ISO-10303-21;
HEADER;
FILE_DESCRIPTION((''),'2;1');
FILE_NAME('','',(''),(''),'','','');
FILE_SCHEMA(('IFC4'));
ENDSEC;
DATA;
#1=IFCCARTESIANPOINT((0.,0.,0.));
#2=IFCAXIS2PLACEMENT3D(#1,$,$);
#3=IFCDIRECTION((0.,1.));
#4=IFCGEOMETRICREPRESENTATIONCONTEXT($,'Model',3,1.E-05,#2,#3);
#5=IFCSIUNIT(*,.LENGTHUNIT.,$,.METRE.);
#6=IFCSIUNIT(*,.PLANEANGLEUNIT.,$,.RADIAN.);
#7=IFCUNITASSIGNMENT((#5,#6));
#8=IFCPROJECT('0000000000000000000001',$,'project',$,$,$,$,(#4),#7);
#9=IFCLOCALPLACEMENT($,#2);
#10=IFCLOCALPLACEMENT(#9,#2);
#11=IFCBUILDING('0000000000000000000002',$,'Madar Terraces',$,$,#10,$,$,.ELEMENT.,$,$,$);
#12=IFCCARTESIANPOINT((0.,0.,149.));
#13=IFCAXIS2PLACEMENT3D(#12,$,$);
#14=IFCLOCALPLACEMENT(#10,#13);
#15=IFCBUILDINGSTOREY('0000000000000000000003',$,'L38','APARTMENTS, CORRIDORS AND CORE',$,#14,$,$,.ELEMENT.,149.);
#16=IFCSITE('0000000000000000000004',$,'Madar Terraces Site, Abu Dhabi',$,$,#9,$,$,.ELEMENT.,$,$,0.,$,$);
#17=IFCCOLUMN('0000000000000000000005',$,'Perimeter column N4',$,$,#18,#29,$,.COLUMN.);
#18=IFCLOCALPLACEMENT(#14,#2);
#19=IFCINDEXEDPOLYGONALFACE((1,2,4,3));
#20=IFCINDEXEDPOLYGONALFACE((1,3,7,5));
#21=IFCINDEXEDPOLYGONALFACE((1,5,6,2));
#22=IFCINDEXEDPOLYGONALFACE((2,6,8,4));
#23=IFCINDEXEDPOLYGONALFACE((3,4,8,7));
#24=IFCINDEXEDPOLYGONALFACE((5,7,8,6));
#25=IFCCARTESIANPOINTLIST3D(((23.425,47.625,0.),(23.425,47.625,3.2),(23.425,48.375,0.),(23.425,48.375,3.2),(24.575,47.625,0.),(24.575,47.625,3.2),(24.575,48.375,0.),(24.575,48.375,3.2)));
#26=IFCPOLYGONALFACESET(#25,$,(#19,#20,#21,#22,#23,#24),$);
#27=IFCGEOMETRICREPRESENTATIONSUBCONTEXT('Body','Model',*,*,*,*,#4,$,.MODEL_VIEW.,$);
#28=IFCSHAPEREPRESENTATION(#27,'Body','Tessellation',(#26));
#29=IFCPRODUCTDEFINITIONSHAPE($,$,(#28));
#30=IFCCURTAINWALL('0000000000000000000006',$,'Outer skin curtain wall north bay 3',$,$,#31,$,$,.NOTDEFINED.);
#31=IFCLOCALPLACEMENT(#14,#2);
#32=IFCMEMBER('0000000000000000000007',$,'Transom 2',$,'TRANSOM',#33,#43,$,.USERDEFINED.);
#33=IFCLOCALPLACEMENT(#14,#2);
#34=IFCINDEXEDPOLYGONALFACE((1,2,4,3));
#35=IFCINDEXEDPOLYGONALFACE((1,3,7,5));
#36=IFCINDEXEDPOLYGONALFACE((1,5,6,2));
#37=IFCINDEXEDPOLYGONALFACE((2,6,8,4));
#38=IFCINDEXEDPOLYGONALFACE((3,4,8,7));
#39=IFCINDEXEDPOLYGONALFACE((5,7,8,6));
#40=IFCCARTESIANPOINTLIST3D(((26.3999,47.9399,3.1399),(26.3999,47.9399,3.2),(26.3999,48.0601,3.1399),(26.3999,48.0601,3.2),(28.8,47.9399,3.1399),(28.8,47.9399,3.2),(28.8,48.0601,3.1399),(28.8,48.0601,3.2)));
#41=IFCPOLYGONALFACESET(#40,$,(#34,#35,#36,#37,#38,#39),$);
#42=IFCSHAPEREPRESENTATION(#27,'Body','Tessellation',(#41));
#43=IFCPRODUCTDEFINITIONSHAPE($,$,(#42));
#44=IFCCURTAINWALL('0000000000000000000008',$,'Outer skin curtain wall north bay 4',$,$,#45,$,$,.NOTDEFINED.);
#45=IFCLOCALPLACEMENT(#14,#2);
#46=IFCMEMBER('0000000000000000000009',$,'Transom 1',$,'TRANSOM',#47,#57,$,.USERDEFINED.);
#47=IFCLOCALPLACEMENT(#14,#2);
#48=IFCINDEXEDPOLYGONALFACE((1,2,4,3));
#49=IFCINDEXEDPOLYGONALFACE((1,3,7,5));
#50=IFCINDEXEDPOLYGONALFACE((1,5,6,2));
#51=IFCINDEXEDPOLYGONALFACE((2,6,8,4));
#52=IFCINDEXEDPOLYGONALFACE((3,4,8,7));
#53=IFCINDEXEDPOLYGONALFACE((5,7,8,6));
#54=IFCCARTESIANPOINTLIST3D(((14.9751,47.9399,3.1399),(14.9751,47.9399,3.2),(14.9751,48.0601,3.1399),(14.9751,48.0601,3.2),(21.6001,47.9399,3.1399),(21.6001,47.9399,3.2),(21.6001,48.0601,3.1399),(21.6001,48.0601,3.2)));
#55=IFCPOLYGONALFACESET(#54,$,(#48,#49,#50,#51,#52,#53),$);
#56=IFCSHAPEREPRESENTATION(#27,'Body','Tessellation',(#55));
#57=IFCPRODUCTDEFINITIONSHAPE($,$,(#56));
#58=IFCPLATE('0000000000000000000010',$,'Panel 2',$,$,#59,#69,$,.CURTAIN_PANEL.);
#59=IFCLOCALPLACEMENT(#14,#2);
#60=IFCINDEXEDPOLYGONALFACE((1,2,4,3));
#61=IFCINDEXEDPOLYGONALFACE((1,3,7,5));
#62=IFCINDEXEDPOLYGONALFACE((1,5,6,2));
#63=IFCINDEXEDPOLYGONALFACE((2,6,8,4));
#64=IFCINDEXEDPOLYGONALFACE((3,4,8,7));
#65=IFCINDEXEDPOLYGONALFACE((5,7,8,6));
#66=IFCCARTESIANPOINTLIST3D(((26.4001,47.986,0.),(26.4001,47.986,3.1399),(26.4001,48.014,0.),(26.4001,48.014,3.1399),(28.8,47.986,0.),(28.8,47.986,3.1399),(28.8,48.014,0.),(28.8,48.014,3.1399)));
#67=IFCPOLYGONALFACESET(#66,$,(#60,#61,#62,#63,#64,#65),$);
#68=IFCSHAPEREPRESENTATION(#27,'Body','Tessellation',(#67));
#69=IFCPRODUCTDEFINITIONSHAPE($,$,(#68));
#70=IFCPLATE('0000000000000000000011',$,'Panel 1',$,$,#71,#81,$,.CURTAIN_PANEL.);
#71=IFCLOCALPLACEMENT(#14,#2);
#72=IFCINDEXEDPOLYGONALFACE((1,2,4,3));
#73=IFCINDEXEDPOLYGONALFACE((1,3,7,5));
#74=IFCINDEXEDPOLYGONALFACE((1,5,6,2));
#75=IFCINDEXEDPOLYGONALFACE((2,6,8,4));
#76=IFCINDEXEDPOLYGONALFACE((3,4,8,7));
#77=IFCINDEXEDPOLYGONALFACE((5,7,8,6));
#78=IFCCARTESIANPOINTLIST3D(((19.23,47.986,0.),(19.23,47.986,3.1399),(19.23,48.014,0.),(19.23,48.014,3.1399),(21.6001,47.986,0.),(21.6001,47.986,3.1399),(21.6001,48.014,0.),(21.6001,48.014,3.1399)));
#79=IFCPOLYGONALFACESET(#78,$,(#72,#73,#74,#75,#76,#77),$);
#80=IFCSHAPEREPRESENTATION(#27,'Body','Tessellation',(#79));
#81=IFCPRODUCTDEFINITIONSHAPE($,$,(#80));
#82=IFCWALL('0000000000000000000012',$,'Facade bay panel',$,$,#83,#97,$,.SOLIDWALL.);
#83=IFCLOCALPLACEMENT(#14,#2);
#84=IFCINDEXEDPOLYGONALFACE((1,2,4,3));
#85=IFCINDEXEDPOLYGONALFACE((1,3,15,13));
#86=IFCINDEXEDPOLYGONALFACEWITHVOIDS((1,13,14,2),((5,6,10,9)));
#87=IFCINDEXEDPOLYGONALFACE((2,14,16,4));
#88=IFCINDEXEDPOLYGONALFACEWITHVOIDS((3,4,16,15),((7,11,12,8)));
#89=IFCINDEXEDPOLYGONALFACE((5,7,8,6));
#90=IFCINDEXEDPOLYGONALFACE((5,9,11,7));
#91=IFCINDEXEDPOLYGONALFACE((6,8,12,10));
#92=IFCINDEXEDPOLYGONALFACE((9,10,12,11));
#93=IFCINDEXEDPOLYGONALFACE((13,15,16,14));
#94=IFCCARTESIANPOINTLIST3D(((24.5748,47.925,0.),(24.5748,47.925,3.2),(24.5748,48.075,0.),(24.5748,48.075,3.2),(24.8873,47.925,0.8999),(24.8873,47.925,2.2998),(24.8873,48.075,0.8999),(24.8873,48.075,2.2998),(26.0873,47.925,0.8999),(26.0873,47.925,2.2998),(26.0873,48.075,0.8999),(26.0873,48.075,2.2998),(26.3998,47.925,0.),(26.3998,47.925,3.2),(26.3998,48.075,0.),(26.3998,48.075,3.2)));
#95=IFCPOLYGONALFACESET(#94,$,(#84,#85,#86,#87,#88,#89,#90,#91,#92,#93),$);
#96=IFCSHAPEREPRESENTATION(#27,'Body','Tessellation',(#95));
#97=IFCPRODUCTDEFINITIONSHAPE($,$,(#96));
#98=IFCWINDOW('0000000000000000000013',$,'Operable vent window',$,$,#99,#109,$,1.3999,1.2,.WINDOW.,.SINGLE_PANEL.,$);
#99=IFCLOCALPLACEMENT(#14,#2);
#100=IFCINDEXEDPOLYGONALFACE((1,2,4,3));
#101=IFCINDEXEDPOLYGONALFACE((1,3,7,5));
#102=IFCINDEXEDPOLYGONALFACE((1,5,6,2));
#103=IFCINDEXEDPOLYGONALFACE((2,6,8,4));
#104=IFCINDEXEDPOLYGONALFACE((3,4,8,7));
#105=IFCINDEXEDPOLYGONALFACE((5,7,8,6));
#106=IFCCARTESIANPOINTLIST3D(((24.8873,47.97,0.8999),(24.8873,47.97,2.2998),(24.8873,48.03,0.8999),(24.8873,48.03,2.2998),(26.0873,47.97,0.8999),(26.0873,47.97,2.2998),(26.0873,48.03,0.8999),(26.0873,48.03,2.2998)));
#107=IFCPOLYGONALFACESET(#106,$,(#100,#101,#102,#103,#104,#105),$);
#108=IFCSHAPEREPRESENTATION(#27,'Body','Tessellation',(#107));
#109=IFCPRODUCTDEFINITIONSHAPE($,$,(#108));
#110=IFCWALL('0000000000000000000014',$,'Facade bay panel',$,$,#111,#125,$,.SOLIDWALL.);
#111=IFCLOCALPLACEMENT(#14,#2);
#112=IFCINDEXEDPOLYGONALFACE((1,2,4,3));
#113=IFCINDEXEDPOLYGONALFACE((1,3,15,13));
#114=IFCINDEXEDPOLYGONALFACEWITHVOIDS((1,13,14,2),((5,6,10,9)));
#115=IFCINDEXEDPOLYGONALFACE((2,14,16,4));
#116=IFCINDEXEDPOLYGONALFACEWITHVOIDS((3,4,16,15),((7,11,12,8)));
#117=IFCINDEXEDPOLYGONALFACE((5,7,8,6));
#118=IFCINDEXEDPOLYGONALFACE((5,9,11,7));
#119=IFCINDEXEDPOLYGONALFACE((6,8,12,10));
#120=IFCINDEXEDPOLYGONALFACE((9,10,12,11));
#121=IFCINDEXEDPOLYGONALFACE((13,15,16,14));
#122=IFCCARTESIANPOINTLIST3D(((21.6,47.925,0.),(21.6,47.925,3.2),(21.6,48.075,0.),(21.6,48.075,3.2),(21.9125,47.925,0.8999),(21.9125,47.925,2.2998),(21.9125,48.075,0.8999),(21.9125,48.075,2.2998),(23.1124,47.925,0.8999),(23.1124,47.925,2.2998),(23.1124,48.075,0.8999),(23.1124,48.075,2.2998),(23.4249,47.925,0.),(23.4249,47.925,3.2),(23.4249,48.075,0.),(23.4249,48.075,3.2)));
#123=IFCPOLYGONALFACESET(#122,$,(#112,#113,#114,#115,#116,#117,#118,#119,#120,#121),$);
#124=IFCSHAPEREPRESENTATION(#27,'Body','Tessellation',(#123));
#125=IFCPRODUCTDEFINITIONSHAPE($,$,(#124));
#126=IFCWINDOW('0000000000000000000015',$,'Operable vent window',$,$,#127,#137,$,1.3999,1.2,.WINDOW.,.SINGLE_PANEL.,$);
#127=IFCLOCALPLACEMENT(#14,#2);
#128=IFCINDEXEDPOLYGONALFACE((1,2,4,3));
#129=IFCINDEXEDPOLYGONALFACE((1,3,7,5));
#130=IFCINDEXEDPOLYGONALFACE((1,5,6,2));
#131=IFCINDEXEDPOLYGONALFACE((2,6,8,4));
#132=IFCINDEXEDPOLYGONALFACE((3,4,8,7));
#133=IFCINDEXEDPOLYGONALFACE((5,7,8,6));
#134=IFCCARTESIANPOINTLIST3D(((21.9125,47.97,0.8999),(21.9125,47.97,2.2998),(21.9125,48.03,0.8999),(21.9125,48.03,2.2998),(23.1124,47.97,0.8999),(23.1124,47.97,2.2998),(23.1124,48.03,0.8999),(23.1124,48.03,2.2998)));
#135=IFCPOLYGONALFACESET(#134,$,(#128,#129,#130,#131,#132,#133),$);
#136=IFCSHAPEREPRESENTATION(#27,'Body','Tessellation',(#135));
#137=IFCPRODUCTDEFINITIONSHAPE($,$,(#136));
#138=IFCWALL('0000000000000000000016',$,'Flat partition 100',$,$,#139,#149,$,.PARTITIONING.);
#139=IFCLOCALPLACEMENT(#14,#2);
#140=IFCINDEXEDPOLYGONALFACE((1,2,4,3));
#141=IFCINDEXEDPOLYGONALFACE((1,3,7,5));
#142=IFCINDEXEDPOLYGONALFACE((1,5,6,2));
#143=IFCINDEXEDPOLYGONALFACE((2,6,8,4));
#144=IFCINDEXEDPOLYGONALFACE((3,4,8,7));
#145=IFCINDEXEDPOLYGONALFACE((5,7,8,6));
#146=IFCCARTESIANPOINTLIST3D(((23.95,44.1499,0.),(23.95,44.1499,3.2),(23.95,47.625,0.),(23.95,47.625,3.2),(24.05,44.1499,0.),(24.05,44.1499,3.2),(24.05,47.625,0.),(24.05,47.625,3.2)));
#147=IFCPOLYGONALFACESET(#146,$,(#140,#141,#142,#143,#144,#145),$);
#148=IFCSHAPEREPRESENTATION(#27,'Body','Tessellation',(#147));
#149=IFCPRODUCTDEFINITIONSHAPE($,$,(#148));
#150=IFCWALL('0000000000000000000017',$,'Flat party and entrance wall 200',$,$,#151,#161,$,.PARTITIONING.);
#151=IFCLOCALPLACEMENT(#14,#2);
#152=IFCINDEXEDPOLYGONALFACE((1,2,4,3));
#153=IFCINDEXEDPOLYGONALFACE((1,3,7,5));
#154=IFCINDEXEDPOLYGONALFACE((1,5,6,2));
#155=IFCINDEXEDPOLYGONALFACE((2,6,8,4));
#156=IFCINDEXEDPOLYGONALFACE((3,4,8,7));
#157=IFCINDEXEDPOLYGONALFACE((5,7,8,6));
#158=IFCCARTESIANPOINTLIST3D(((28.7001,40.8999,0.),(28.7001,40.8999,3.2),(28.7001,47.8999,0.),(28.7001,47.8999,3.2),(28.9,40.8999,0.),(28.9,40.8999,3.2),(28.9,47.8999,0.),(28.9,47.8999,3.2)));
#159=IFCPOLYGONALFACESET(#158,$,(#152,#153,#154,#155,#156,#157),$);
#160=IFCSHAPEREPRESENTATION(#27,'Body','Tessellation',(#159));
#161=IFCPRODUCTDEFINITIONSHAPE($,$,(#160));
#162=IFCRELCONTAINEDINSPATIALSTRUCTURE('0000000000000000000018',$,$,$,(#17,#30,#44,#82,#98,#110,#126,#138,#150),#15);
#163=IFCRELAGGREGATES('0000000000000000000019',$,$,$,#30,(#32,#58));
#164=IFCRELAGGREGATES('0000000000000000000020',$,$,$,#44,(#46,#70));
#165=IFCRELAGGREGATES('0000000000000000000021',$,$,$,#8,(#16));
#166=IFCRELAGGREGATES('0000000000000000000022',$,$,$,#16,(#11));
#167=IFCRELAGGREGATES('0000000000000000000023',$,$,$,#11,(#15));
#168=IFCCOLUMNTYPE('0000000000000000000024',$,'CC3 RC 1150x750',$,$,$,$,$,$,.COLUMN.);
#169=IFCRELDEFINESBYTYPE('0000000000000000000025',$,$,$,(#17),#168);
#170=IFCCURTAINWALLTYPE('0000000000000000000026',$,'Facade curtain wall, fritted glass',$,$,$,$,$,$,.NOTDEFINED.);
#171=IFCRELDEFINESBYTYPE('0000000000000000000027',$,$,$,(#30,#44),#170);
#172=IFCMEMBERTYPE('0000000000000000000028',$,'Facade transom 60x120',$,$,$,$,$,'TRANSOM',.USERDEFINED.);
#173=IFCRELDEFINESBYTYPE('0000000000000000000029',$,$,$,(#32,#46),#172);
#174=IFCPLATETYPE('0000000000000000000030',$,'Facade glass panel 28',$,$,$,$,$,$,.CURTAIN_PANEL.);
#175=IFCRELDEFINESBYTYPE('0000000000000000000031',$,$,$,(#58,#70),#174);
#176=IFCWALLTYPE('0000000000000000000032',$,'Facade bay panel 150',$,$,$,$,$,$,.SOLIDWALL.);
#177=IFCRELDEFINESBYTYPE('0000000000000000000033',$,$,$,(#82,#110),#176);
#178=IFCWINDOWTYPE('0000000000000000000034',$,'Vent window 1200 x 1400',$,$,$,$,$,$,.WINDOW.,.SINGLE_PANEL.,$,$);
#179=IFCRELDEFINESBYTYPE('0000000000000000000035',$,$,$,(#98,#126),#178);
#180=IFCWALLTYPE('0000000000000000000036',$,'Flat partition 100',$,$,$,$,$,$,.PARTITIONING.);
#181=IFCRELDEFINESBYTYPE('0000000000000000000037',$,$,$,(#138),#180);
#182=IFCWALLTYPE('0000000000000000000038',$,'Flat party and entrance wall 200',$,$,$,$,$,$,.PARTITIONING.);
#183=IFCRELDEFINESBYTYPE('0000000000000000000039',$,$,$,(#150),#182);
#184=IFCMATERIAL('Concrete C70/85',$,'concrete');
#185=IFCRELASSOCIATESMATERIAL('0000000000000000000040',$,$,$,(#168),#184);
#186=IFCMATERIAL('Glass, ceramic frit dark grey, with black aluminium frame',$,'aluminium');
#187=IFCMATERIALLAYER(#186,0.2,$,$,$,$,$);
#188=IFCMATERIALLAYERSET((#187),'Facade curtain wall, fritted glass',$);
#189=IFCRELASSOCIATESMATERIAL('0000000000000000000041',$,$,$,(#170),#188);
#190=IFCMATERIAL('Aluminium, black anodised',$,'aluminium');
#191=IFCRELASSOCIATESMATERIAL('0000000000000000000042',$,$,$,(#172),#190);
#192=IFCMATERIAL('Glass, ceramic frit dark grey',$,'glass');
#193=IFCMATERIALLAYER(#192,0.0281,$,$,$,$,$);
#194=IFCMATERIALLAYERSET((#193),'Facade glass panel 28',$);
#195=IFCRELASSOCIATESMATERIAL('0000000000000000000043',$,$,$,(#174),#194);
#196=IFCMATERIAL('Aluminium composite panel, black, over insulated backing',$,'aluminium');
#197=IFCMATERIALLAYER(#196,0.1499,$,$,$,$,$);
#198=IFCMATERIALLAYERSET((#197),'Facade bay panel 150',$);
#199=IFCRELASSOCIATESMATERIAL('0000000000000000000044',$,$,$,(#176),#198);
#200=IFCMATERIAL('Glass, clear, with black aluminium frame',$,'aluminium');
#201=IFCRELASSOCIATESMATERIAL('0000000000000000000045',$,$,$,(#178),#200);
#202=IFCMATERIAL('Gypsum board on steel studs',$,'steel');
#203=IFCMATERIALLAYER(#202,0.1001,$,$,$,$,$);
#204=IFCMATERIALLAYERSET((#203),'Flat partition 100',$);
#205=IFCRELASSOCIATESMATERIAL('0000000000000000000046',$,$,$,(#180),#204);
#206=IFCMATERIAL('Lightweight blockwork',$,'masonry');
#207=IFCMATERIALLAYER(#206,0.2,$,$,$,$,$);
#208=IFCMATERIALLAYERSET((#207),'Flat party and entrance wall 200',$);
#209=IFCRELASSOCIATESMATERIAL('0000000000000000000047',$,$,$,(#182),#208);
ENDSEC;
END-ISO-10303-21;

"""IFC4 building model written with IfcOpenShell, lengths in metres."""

from ifc_helpers import new_model, si_unit, direction, frame, frame_2d, origin, origin_2d, place, context, subcontext, project, spatial, rectangle, extrude, material, layer, layer_set, material_profile, profile_set, type_object, element, fill, aggregate, save


model = new_model("IFC4")

# Units and contexts
model_context = context("Model", 3, precision=1e-05, world=origin(), true_north=direction((0.0, 1.0)))
body_context = subcontext(model_context, "Body", "Model", "MODEL_VIEW")
ifc_project = project(units=[si_unit("LENGTHUNIT", "METRE"), si_unit("PLANEANGLEUNIT", "RADIAN")], contexts=[model_context])

# Site, building, storey
site_placement = place(None, origin())
site = spatial("IfcSite", under=ifc_project, at=site_placement, Name="Madar Terraces Site, Abu Dhabi", CompositionType="ELEMENT", RefElevation=0.0)
building_placement = place(site_placement, origin())
building = spatial("IfcBuilding", under=site, at=building_placement, Name="Madar Terraces", CompositionType="ELEMENT")
storey_placement = place(building_placement, frame((0.0, 0.0, 149.0)))
storey = spatial("IfcBuildingStorey", under=building, at=storey_placement, Name="L38", Description="APARTMENTS, CORRIDORS AND CORE", CompositionType="ELEMENT", Elevation=149.0)

# Column
ifc_material_1 = material(Name="Concrete C70/85", Category="concrete")
ifc_material_profile_1 = material_profile(ifc_material_1, rectangle(XDim=1.1499, YDim=0.75, at=origin_2d()), Name="CC3 RC 1150x750")
ifc_profile_set_1 = profile_set([ifc_material_profile_1], Name="Concrete C70/85")
column_type = type_object("IfcColumnType", Name="CC3 RC 1150x750", PredefinedType="COLUMN", material=ifc_profile_set_1)
column_placement = place(storey_placement, frame((24.0, 48.0, 0.0), z_axis=(0.0, 0.0, 1.0), x_axis=(1.0, 0.0, 0.0)))
element("IfcColumn", 1, at=column_placement, inside=storey, type_object=column_type, Name="Perimeter column N4", PredefinedType="COLUMN", context=body_context, shape_type="SweptSolid", body=[
    extrude(rectangle(XDim=1.1499, YDim=0.75, at=origin_2d()), origin(), (0.0, 0.0, 1.0), 3.2),
])

# Curtain walls, members
ifc_material_2 = material(Name="Glass, ceramic frit dark grey, with black aluminium frame", Category="aluminium")
ifc_layer_1 = layer(ifc_material_2, 0.2)
ifc_layer_set_1 = layer_set([ifc_layer_1], Name="Facade curtain wall, fritted glass")
curtain_wall_type = type_object("IfcCurtainWallType", Name="Facade curtain wall, fritted glass", PredefinedType="NOTDEFINED", material=ifc_layer_set_1)
curtain_wall_1_placement = place(storey_placement, origin())
curtain_wall_1 = element("IfcCurtainWall", 2, at=curtain_wall_1_placement, inside=storey, type_object=curtain_wall_type, Name="Outer skin curtain wall north bay 3", PredefinedType="NOTDEFINED")
ifc_material_3 = material(Name="Aluminium, black anodised", Category="aluminium")
ifc_material_profile_2 = material_profile(ifc_material_3, rectangle(XDim=0.1201, YDim=0.0601, at=origin_2d()), Name="Facade transom 60x120")
ifc_profile_set_2 = profile_set([ifc_material_profile_2], Name="Aluminium, black anodised")
member_type = type_object("IfcMemberType", Name="Facade transom 60x120", ElementType="TRANSOM", PredefinedType="USERDEFINED", material=ifc_profile_set_2)
member_1_placement = place(storey_placement, frame((28.8, 48.0, 3.1699), z_axis=(-1.0, 0.0, 0.0), x_axis=(0.0, -1.0, 0.0)))
member_1 = element("IfcMember", 3, at=member_1_placement, type_object=member_type, Name="Transom 2", ObjectType="TRANSOM", PredefinedType="USERDEFINED", context=body_context, shape_type="SweptSolid", body=[
    extrude(rectangle(XDim=0.1201, YDim=0.0601, at=origin_2d()), origin(), (0.0, 0.0, 1.0), 2.4001),
])
curtain_wall_2_placement = place(storey_placement, origin())
curtain_wall_2 = element("IfcCurtainWall", 4, at=curtain_wall_2_placement, inside=storey, type_object=curtain_wall_type, Name="Outer skin curtain wall north bay 4", PredefinedType="NOTDEFINED")
member_2_placement = place(storey_placement, frame((21.6001, 48.0, 3.1699), z_axis=(-1.0, 0.0, 0.0), x_axis=(0.0, -1.0, 0.0)))
member_2 = element("IfcMember", 5, at=member_2_placement, type_object=member_type, Name="Transom 1", ObjectType="TRANSOM", PredefinedType="USERDEFINED", context=body_context, shape_type="SweptSolid", body=[
    extrude(rectangle(XDim=0.1201, YDim=0.0601, at=origin_2d()), origin(), (0.0, 0.0, 1.0), 6.625),
])

# Plates
ifc_material_4 = material(Name="Glass, ceramic frit dark grey", Category="glass")
ifc_layer_2 = layer(ifc_material_4, 0.0281)
ifc_layer_set_2 = layer_set([ifc_layer_2], Name="Facade glass panel 28")
plate_type = type_object("IfcPlateType", Name="Facade glass panel 28", PredefinedType="CURTAIN_PANEL", material=ifc_layer_set_2)
plate_1_placement = place(storey_placement, frame((27.6001, 48.0, 0.0), z_axis=(0.0, 0.0, 1.0), x_axis=(-1.0, 0.0, 0.0)))
plate_1 = element("IfcPlate", 6, at=plate_1_placement, type_object=plate_type, Name="Panel 2", PredefinedType="CURTAIN_PANEL", context=body_context, shape_type="SweptSolid", body=[
    extrude(rectangle(XDim=2.3999, YDim=0.0281, at=origin_2d()), origin(), (0.0, 0.0, 1.0), 3.1399),
])
aggregate(curtain_wall_1, [member_1, plate_1])
plate_2_placement = place(storey_placement, frame((20.415, 48.0, 0.0), z_axis=(0.0, 0.0, 1.0), x_axis=(-1.0, 0.0, 0.0)))
plate_2 = element("IfcPlate", 7, at=plate_2_placement, type_object=plate_type, Name="Panel 1", PredefinedType="CURTAIN_PANEL", context=body_context, shape_type="SweptSolid", body=[
    extrude(rectangle(XDim=2.3701, YDim=0.0281, at=origin_2d()), origin(), (0.0, 0.0, 1.0), 3.1399),
])
aggregate(curtain_wall_2, [member_2, plate_2])

# Walls, openings, windows
ifc_material_5 = material(Name="Aluminium composite panel, black, over insulated backing", Category="aluminium")
ifc_layer_3 = layer(ifc_material_5, 0.1499)
ifc_layer_set_3 = layer_set([ifc_layer_3], Name="Facade bay panel 150")
wall_type_1 = type_object("IfcWallType", Name="Facade bay panel 150", PredefinedType="SOLIDWALL", material=ifc_layer_set_3)
wall_1_placement = place(storey_placement, frame((26.3999, 48.0, 0.0), z_axis=(0.0, 0.0, 1.0), x_axis=(-1.0, 0.0, 0.0)))
wall_1 = element("IfcWall", 8, at=wall_1_placement, inside=storey, type_object=wall_type_1, Name="Facade bay panel", PredefinedType="SOLIDWALL", context=body_context, shape_type="SweptSolid", body=[
    extrude(rectangle(XDim=1.825, YDim=0.1499, at=frame_2d((0.9126, 0.0))), origin(), (0.0, 0.0, 1.0), 3.2),
])
opening_1_placement = place(wall_1_placement, frame((0.3125, 0.0, 0.8999)))
opening_1 = element("IfcOpeningElement", 9, at=opening_1_placement, cuts=wall_1, PredefinedType="OPENING", context=body_context, shape_type="SweptSolid", body=[
    extrude(rectangle(XDim=1.2, YDim=1.3999, at=frame_2d((0.6001, 0.7))), frame((0.0, 0.085, 0.0), z_axis=(0.0, -1.0, 0.0), x_axis=(1.0, 0.0, 0.0)), (0.0, 0.0, 1.0), 0.1699),
])
ifc_material_6 = material(Name="Glass, clear, with black aluminium frame", Category="aluminium")
window_type = type_object("IfcWindowType", Name="Vent window 1200 x 1400", PartitioningType="SINGLE_PANEL", PredefinedType="WINDOW", material=ifc_material_6)
window_1_placement = place(opening_1_placement, origin())
window_1 = element("IfcWindow", 10, at=window_1_placement, inside=storey, type_object=window_type, Name="Operable vent window", OverallHeight=1.3999, OverallWidth=1.2, PartitioningType="SINGLE_PANEL", PredefinedType="WINDOW", context=body_context, shape_type="SweptSolid", body=[
    extrude(rectangle(XDim=1.2, YDim=1.3999, at=frame_2d((0.6001, 0.7))), frame((0.0, 0.03, 0.0), z_axis=(0.0, -1.0, 0.0), x_axis=(1.0, 0.0, 0.0)), (0.0, 0.0, 1.0), 0.0601),
])
fill(opening_1, window_1)
wall_2_placement = place(storey_placement, frame((23.425, 48.0, 0.0), z_axis=(0.0, 0.0, 1.0), x_axis=(-1.0, 0.0, 0.0)))
wall_2 = element("IfcWall", 11, at=wall_2_placement, inside=storey, type_object=wall_type_1, Name="Facade bay panel", PredefinedType="SOLIDWALL", context=body_context, shape_type="SweptSolid", body=[
    extrude(rectangle(XDim=1.825, YDim=0.1499, at=frame_2d((0.9126, 0.0))), origin(), (0.0, 0.0, 1.0), 3.2),
])
opening_2_placement = place(wall_2_placement, frame((0.3125, 0.0, 0.8999)))
opening_2 = element("IfcOpeningElement", 12, at=opening_2_placement, cuts=wall_2, PredefinedType="OPENING", context=body_context, shape_type="SweptSolid", body=[
    extrude(rectangle(XDim=1.2, YDim=1.3999, at=frame_2d((0.6001, 0.7))), frame((0.0, 0.085, 0.0), z_axis=(0.0, -1.0, 0.0), x_axis=(1.0, 0.0, 0.0)), (0.0, 0.0, 1.0), 0.1699),
])
window_2_placement = place(opening_2_placement, origin())
window_2 = element("IfcWindow", 13, at=window_2_placement, inside=storey, type_object=window_type, Name="Operable vent window", OverallHeight=1.3999, OverallWidth=1.2, PartitioningType="SINGLE_PANEL", PredefinedType="WINDOW", context=body_context, shape_type="SweptSolid", body=[
    extrude(rectangle(XDim=1.2, YDim=1.3999, at=frame_2d((0.6001, 0.7))), frame((0.0, 0.03, 0.0), z_axis=(0.0, -1.0, 0.0), x_axis=(1.0, 0.0, 0.0)), (0.0, 0.0, 1.0), 0.0601),
])
fill(opening_2, window_2)

# Walls
ifc_material_7 = material(Name="Gypsum board on steel studs", Category="steel")
ifc_layer_4 = layer(ifc_material_7, 0.1001)
ifc_layer_set_4 = layer_set([ifc_layer_4], Name="Flat partition 100")
wall_type_2 = type_object("IfcWallType", Name="Flat partition 100", PredefinedType="PARTITIONING", material=ifc_layer_set_4)
wall_3_placement = place(storey_placement, frame((24.0, 44.1499, 0.0), z_axis=(0.0, 0.0, 1.0), x_axis=(0.0, 1.0, 0.0)))
element("IfcWall", 14, at=wall_3_placement, inside=storey, type_object=wall_type_2, Name="Flat partition 100", PredefinedType="PARTITIONING", context=body_context, shape_type="SweptSolid", body=[
    extrude(rectangle(XDim=3.4751, YDim=0.1001, at=frame_2d((1.7375, 0.0))), origin(), (0.0, 0.0, 1.0), 3.2),
])
ifc_material_8 = material(Name="Lightweight blockwork", Category="masonry")
ifc_layer_5 = layer(ifc_material_8, 0.2)
ifc_layer_set_5 = layer_set([ifc_layer_5], Name="Flat party and entrance wall 200")
wall_type_3 = type_object("IfcWallType", Name="Flat party and entrance wall 200", PredefinedType="PARTITIONING", material=ifc_layer_set_5)
wall_4_placement = place(storey_placement, frame((28.8, 47.8999, 0.0), z_axis=(0.0, 0.0, 1.0), x_axis=(0.0, -1.0, 0.0)))
element("IfcWall", 15, at=wall_4_placement, inside=storey, type_object=wall_type_3, Name="Flat party and entrance wall 200", PredefinedType="PARTITIONING", context=body_context, shape_type="SweptSolid", body=[
    extrude(rectangle(XDim=7.0, YDim=0.2, at=frame_2d((3.5, 0.0))), origin(), (0.0, 0.0, 1.0), 3.2),
])

save(model, "model.ifc")
